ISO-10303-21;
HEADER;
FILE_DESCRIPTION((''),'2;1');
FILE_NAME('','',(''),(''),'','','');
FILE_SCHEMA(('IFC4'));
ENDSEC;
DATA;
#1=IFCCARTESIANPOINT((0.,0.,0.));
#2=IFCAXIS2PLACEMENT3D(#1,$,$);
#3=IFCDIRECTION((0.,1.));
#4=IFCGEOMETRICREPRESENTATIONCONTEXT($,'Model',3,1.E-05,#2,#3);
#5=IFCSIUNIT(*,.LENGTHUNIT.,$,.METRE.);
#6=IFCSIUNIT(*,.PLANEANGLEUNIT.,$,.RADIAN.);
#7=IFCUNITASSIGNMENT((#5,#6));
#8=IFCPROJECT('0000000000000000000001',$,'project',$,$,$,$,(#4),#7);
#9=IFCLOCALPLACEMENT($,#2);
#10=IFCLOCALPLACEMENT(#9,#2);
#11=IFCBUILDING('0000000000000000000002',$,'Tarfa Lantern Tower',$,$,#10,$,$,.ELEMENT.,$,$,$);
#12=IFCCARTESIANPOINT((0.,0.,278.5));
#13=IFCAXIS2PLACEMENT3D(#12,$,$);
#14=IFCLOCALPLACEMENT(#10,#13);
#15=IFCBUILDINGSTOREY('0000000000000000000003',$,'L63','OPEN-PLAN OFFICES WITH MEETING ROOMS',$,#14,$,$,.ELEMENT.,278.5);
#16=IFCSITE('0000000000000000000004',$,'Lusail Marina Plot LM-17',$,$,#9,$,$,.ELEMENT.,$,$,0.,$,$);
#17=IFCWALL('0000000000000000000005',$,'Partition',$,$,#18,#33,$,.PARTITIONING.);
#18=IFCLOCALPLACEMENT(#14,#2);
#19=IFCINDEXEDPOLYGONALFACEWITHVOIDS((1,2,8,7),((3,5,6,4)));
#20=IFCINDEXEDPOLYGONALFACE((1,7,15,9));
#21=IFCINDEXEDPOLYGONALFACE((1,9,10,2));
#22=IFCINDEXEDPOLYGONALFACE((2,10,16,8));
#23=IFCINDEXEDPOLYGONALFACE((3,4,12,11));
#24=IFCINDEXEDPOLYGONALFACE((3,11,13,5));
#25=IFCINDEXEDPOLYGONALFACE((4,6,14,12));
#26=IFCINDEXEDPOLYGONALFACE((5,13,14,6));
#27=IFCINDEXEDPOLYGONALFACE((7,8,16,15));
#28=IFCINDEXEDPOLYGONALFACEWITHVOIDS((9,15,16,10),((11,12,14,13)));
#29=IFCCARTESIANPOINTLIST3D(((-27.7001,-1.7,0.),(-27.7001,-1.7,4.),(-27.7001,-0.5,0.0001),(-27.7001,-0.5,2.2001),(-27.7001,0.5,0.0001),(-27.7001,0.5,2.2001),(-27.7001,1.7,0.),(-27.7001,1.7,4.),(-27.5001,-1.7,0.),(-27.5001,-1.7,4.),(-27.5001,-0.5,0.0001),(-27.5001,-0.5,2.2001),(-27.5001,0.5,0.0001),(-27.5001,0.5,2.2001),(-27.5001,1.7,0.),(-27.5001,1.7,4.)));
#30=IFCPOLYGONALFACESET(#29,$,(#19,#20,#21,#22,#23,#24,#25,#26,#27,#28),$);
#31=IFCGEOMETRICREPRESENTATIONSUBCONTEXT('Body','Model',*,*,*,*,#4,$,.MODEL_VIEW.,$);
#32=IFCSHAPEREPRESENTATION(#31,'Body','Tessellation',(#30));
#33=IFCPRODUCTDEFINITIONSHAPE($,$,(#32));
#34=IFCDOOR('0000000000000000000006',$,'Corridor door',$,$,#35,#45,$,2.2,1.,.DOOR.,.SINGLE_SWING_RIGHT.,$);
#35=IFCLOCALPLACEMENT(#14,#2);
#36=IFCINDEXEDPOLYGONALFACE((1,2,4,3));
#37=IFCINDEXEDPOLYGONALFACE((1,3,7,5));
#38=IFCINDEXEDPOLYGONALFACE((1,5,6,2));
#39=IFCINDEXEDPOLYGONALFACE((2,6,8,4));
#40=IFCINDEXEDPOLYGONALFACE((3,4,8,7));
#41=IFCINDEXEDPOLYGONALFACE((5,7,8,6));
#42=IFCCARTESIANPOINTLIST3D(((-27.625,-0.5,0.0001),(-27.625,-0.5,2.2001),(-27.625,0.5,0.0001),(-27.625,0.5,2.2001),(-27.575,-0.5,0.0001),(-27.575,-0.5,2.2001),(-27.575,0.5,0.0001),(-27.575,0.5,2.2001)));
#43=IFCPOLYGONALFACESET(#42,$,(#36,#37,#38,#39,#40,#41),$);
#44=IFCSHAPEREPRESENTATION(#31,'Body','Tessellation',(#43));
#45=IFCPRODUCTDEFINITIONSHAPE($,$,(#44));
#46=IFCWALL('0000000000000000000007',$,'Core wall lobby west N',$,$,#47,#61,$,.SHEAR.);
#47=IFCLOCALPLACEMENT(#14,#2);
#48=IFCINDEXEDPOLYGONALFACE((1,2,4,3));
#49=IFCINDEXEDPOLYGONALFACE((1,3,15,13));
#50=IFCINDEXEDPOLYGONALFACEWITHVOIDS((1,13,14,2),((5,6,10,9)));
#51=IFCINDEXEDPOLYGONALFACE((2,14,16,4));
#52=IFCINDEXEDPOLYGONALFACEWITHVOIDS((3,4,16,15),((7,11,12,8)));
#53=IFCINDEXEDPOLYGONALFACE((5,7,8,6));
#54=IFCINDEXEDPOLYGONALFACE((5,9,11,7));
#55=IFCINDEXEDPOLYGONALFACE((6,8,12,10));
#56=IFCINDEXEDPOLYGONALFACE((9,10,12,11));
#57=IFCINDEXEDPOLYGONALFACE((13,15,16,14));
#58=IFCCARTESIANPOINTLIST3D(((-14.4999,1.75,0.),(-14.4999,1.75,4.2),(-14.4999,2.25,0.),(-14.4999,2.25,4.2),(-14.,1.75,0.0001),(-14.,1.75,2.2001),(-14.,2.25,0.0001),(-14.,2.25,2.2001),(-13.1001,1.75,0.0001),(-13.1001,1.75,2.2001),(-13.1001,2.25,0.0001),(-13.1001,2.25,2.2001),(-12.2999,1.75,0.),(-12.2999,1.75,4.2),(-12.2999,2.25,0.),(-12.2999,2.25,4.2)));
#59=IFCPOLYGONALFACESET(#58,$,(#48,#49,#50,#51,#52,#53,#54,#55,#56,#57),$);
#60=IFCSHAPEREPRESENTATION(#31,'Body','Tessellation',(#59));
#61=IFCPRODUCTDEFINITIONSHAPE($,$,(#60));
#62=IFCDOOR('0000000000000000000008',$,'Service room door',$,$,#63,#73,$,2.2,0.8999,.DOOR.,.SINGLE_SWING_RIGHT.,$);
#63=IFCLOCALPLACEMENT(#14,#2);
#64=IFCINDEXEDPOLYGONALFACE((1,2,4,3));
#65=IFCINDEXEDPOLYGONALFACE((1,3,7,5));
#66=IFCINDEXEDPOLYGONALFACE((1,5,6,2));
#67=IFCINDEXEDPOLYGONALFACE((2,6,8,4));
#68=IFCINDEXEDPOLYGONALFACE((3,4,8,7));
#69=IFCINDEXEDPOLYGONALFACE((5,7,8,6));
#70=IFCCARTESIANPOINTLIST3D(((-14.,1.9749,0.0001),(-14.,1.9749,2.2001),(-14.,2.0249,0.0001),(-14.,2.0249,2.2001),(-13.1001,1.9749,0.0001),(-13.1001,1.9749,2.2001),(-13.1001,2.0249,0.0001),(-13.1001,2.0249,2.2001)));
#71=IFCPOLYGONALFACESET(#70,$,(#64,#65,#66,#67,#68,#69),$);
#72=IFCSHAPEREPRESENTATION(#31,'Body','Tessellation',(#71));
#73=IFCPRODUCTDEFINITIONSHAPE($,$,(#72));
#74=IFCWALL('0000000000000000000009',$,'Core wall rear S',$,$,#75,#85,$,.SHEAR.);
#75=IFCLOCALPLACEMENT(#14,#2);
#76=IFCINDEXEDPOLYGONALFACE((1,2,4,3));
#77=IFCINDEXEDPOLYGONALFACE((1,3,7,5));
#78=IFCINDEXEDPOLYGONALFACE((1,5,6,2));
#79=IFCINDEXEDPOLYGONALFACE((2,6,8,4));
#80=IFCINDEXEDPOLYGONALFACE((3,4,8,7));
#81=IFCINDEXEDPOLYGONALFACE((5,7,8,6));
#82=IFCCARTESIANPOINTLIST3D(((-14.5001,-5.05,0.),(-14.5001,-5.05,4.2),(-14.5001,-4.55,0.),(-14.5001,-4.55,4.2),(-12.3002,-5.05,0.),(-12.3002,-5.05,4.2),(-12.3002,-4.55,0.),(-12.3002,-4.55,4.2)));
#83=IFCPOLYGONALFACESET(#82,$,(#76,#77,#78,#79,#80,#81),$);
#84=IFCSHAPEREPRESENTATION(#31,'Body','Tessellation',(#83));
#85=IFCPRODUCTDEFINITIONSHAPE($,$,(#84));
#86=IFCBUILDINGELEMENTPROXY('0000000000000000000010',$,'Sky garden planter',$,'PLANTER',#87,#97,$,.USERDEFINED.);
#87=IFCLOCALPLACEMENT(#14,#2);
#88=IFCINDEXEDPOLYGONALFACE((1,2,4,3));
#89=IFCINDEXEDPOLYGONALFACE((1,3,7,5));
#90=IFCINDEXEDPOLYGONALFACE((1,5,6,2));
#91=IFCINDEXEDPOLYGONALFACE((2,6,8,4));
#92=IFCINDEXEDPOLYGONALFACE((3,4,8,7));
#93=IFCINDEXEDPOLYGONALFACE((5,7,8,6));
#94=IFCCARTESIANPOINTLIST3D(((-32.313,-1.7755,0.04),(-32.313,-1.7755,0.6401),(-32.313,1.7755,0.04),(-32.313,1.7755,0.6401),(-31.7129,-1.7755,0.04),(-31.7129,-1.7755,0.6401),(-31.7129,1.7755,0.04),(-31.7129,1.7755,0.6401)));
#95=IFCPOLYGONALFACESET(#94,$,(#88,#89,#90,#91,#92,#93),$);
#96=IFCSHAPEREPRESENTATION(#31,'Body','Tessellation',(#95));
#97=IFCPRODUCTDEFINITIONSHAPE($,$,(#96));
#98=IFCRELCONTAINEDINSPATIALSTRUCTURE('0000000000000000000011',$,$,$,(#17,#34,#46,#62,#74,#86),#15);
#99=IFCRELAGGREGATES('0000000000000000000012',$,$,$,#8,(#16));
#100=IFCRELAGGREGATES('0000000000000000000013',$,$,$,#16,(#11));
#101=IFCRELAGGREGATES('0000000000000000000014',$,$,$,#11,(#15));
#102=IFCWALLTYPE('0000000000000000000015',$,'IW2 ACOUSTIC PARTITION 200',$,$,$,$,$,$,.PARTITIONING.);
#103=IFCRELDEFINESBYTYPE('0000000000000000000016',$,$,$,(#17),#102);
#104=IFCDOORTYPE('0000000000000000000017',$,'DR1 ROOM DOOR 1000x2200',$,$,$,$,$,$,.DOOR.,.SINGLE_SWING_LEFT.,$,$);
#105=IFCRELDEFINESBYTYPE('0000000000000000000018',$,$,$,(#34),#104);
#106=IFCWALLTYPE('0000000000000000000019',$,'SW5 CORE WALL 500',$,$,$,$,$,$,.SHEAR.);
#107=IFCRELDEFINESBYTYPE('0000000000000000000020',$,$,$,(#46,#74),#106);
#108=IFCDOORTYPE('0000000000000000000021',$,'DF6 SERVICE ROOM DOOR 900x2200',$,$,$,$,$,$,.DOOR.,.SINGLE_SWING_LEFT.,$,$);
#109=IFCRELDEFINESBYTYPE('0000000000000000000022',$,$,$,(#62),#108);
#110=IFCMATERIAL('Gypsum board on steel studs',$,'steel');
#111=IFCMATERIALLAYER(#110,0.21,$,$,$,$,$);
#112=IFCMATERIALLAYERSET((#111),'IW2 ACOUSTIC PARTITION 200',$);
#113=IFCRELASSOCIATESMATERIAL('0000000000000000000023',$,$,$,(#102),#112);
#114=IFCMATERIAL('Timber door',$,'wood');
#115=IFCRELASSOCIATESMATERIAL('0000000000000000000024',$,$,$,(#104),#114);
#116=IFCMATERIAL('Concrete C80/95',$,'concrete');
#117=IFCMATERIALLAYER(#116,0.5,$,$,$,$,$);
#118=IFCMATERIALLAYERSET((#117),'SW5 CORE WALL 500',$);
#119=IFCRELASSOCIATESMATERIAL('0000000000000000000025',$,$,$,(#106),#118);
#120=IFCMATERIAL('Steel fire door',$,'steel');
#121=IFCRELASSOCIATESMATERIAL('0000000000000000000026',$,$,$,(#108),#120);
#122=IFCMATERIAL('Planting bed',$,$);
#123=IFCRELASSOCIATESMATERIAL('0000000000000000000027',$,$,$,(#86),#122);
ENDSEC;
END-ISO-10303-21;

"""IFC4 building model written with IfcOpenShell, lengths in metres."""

from ifc_helpers import new_model, si_unit, direction, frame, frame_2d, origin, origin_2d, place, context, subcontext, project, spatial, rectangle, extrude, material, layer, layer_set, type_object, element, fill, save


model = new_model("IFC4")

# Units and contexts
model_context = context("Model", 3, precision=1e-05, world=origin(), true_north=direction((0.0, 1.0)))
body_context = subcontext(model_context, "Body", "Model", "MODEL_VIEW")
ifc_project = project(units=[si_unit("LENGTHUNIT", "METRE"), si_unit("PLANEANGLEUNIT", "RADIAN")], contexts=[model_context])

# Site, building, storey
site_placement = place(None, origin())
site = spatial("IfcSite", under=ifc_project, at=site_placement, Name="Lusail Marina Plot LM-17", CompositionType="ELEMENT", RefElevation=0.0)
building_placement = place(site_placement, origin())
building = spatial("IfcBuilding", under=site, at=building_placement, Name="Tarfa Lantern Tower", CompositionType="ELEMENT")
storey_placement = place(building_placement, frame((0.0, 0.0, 278.5)))
storey = spatial("IfcBuildingStorey", under=building, at=storey_placement, Name="L63", Description="OPEN-PLAN OFFICES WITH MEETING ROOMS", CompositionType="ELEMENT", Elevation=278.5)

# Shared definitions
ifc_material_1 = material(Name="Concrete C80/95", Category="concrete")

# Walls, openings, doors
ifc_material_2 = material(Name="Gypsum board on steel studs", Category="steel")
ifc_layer_1 = layer(ifc_material_2, 0.21)
ifc_layer_set_1 = layer_set([ifc_layer_1], Name="IW2 ACOUSTIC PARTITION 200")
wall_type_1 = type_object("IfcWallType", Name="IW2 ACOUSTIC PARTITION 200", PredefinedType="PARTITIONING", material=ifc_layer_set_1)
ifc_material_3 = material(Name="Timber door", Category="wood")
door_type_1 = type_object("IfcDoorType", Name="DR1 ROOM DOOR 1000x2200", OperationType="SINGLE_SWING_LEFT", PredefinedType="DOOR", material=ifc_material_3)
wall_1_placement = place(storey_placement, frame((-27.6001, -1.7, 0.0), z_axis=(0.0, 0.0, 1.0), x_axis=(0.0, 1.0, 0.0)))
wall_1 = element("IfcWall", 1, at=wall_1_placement, inside=storey, type_object=wall_type_1, Name="Partition", PredefinedType="PARTITIONING", context=body_context, shape_type="SweptSolid", body=[
    extrude(rectangle(XDim=3.3999, YDim=0.2, at=frame_2d((1.7, 0.0))), origin(), (0.0, 0.0, 1.0), 4.0),
])
opening_1_placement = place(wall_1_placement, frame((1.2, 0.0, 0.0)))
opening_1 = element("IfcOpeningElement", 2, at=opening_1_placement, cuts=wall_1, PredefinedType="OPENING", context=body_context, shape_type="SweptSolid", body=[
    extrude(rectangle(XDim=1.0, YDim=2.2, at=frame_2d((0.5, 1.1001))), frame((0.0, 0.1099, 0.0), z_axis=(0.0, -1.0, 0.0), x_axis=(1.0, 0.0, 0.0)), (0.0, 0.0, 1.0), 0.22),
])
door_1_placement = place(opening_1_placement, origin())
door_1 = element("IfcDoor", 3, at=door_1_placement, inside=storey, type_object=door_type_1, Name="Corridor door", OperationType="SINGLE_SWING_RIGHT", OverallHeight=2.2, OverallWidth=1.0, PredefinedType="DOOR", context=body_context, shape_type="SweptSolid", body=[
    extrude(rectangle(XDim=1.0, YDim=2.2, at=frame_2d((0.5, 1.1001))), frame((0.0, 0.0249, 0.0), z_axis=(0.0, -1.0, 0.0), x_axis=(1.0, 0.0, 0.0)), (0.0, 0.0, 1.0), 0.05),
])
fill(opening_1, door_1)
ifc_layer_2 = layer(ifc_material_1, 0.5)
ifc_layer_set_2 = layer_set([ifc_layer_2], Name="SW5 CORE WALL 500")
wall_type_2 = type_object("IfcWallType", Name="SW5 CORE WALL 500", PredefinedType="SHEAR", material=ifc_layer_set_2)
wall_2_placement = place(storey_placement, frame((-14.5, 2.0, 0.0), z_axis=(0.0, 0.0, 1.0), x_axis=(1.0, 0.0, 0.0)))
wall_2 = element("IfcWall", 4, at=wall_2_placement, inside=storey, type_object=wall_type_2, Name="Core wall lobby west N", PredefinedType="SHEAR", context=body_context, shape_type="SweptSolid", body=[
    extrude(rectangle(XDim=2.2, YDim=0.5, at=frame_2d((1.1001, 0.0))), origin(), (0.0, 0.0, 1.0), 4.2),
])
opening_2_placement = place(wall_2_placement, frame((0.5, 0.0, 0.0)))
opening_2 = element("IfcOpeningElement", 5, at=opening_2_placement, cuts=wall_2, PredefinedType="OPENING", context=body_context, shape_type="SweptSolid", body=[
    extrude(rectangle(XDim=0.8999, YDim=2.2, at=frame_2d((0.45, 1.1001))), frame((0.0, 0.26, 0.0), z_axis=(0.0, -1.0, 0.0), x_axis=(1.0, 0.0, 0.0)), (0.0, 0.0, 1.0), 0.52),
])
ifc_material_4 = material(Name="Steel fire door", Category="steel")
door_type_2 = type_object("IfcDoorType", Name="DF6 SERVICE ROOM DOOR 900x2200", OperationType="SINGLE_SWING_LEFT", PredefinedType="DOOR", material=ifc_material_4)
door_2_placement = place(opening_2_placement, origin())
door_2 = element("IfcDoor", 6, at=door_2_placement, inside=storey, type_object=door_type_2, Name="Service room door", OperationType="SINGLE_SWING_RIGHT", OverallHeight=2.2, OverallWidth=0.8999, PredefinedType="DOOR", context=body_context, shape_type="SweptSolid", body=[
    extrude(rectangle(XDim=0.8999, YDim=2.2, at=frame_2d((0.45, 1.1001))), frame((0.0, 0.0249, 0.0), z_axis=(0.0, -1.0, 0.0), x_axis=(1.0, 0.0, 0.0)), (0.0, 0.0, 1.0), 0.05),
])
fill(opening_2, door_2)

# Wall
wall_3_placement = place(storey_placement, frame((-12.3, -4.8, 0.0), z_axis=(0.0, 0.0, 1.0), x_axis=(-1.0, 0.0, 0.0)))
element("IfcWall", 7, at=wall_3_placement, inside=storey, type_object=wall_type_2, Name="Core wall rear S", PredefinedType="SHEAR", context=body_context, shape_type="SweptSolid", body=[
    extrude(rectangle(XDim=2.2, YDim=0.5, at=frame_2d((1.1001, 0.0))), origin(), (0.0, 0.0, 1.0), 4.2),
])

# Building element proxy
ifc_material_5 = material(Name="Planting bed")
proxy_placement = place(storey_placement, frame((-32.0129, 0.0, 0.04), z_axis=(0.0, 0.0, 1.0), x_axis=(0.0, -1.0, 0.0)))
element("IfcBuildingElementProxy", 8, at=proxy_placement, inside=storey, material=ifc_material_5, Name="Sky garden planter", ObjectType="PLANTER", PredefinedType="USERDEFINED", context=body_context, shape_type="SweptSolid", body=[
    extrude(rectangle(XDim=3.551, YDim=0.6001, at=origin_2d()), origin(), (0.0, 0.0, 1.0), 0.6001),
])

save(model, "model.ifc")
